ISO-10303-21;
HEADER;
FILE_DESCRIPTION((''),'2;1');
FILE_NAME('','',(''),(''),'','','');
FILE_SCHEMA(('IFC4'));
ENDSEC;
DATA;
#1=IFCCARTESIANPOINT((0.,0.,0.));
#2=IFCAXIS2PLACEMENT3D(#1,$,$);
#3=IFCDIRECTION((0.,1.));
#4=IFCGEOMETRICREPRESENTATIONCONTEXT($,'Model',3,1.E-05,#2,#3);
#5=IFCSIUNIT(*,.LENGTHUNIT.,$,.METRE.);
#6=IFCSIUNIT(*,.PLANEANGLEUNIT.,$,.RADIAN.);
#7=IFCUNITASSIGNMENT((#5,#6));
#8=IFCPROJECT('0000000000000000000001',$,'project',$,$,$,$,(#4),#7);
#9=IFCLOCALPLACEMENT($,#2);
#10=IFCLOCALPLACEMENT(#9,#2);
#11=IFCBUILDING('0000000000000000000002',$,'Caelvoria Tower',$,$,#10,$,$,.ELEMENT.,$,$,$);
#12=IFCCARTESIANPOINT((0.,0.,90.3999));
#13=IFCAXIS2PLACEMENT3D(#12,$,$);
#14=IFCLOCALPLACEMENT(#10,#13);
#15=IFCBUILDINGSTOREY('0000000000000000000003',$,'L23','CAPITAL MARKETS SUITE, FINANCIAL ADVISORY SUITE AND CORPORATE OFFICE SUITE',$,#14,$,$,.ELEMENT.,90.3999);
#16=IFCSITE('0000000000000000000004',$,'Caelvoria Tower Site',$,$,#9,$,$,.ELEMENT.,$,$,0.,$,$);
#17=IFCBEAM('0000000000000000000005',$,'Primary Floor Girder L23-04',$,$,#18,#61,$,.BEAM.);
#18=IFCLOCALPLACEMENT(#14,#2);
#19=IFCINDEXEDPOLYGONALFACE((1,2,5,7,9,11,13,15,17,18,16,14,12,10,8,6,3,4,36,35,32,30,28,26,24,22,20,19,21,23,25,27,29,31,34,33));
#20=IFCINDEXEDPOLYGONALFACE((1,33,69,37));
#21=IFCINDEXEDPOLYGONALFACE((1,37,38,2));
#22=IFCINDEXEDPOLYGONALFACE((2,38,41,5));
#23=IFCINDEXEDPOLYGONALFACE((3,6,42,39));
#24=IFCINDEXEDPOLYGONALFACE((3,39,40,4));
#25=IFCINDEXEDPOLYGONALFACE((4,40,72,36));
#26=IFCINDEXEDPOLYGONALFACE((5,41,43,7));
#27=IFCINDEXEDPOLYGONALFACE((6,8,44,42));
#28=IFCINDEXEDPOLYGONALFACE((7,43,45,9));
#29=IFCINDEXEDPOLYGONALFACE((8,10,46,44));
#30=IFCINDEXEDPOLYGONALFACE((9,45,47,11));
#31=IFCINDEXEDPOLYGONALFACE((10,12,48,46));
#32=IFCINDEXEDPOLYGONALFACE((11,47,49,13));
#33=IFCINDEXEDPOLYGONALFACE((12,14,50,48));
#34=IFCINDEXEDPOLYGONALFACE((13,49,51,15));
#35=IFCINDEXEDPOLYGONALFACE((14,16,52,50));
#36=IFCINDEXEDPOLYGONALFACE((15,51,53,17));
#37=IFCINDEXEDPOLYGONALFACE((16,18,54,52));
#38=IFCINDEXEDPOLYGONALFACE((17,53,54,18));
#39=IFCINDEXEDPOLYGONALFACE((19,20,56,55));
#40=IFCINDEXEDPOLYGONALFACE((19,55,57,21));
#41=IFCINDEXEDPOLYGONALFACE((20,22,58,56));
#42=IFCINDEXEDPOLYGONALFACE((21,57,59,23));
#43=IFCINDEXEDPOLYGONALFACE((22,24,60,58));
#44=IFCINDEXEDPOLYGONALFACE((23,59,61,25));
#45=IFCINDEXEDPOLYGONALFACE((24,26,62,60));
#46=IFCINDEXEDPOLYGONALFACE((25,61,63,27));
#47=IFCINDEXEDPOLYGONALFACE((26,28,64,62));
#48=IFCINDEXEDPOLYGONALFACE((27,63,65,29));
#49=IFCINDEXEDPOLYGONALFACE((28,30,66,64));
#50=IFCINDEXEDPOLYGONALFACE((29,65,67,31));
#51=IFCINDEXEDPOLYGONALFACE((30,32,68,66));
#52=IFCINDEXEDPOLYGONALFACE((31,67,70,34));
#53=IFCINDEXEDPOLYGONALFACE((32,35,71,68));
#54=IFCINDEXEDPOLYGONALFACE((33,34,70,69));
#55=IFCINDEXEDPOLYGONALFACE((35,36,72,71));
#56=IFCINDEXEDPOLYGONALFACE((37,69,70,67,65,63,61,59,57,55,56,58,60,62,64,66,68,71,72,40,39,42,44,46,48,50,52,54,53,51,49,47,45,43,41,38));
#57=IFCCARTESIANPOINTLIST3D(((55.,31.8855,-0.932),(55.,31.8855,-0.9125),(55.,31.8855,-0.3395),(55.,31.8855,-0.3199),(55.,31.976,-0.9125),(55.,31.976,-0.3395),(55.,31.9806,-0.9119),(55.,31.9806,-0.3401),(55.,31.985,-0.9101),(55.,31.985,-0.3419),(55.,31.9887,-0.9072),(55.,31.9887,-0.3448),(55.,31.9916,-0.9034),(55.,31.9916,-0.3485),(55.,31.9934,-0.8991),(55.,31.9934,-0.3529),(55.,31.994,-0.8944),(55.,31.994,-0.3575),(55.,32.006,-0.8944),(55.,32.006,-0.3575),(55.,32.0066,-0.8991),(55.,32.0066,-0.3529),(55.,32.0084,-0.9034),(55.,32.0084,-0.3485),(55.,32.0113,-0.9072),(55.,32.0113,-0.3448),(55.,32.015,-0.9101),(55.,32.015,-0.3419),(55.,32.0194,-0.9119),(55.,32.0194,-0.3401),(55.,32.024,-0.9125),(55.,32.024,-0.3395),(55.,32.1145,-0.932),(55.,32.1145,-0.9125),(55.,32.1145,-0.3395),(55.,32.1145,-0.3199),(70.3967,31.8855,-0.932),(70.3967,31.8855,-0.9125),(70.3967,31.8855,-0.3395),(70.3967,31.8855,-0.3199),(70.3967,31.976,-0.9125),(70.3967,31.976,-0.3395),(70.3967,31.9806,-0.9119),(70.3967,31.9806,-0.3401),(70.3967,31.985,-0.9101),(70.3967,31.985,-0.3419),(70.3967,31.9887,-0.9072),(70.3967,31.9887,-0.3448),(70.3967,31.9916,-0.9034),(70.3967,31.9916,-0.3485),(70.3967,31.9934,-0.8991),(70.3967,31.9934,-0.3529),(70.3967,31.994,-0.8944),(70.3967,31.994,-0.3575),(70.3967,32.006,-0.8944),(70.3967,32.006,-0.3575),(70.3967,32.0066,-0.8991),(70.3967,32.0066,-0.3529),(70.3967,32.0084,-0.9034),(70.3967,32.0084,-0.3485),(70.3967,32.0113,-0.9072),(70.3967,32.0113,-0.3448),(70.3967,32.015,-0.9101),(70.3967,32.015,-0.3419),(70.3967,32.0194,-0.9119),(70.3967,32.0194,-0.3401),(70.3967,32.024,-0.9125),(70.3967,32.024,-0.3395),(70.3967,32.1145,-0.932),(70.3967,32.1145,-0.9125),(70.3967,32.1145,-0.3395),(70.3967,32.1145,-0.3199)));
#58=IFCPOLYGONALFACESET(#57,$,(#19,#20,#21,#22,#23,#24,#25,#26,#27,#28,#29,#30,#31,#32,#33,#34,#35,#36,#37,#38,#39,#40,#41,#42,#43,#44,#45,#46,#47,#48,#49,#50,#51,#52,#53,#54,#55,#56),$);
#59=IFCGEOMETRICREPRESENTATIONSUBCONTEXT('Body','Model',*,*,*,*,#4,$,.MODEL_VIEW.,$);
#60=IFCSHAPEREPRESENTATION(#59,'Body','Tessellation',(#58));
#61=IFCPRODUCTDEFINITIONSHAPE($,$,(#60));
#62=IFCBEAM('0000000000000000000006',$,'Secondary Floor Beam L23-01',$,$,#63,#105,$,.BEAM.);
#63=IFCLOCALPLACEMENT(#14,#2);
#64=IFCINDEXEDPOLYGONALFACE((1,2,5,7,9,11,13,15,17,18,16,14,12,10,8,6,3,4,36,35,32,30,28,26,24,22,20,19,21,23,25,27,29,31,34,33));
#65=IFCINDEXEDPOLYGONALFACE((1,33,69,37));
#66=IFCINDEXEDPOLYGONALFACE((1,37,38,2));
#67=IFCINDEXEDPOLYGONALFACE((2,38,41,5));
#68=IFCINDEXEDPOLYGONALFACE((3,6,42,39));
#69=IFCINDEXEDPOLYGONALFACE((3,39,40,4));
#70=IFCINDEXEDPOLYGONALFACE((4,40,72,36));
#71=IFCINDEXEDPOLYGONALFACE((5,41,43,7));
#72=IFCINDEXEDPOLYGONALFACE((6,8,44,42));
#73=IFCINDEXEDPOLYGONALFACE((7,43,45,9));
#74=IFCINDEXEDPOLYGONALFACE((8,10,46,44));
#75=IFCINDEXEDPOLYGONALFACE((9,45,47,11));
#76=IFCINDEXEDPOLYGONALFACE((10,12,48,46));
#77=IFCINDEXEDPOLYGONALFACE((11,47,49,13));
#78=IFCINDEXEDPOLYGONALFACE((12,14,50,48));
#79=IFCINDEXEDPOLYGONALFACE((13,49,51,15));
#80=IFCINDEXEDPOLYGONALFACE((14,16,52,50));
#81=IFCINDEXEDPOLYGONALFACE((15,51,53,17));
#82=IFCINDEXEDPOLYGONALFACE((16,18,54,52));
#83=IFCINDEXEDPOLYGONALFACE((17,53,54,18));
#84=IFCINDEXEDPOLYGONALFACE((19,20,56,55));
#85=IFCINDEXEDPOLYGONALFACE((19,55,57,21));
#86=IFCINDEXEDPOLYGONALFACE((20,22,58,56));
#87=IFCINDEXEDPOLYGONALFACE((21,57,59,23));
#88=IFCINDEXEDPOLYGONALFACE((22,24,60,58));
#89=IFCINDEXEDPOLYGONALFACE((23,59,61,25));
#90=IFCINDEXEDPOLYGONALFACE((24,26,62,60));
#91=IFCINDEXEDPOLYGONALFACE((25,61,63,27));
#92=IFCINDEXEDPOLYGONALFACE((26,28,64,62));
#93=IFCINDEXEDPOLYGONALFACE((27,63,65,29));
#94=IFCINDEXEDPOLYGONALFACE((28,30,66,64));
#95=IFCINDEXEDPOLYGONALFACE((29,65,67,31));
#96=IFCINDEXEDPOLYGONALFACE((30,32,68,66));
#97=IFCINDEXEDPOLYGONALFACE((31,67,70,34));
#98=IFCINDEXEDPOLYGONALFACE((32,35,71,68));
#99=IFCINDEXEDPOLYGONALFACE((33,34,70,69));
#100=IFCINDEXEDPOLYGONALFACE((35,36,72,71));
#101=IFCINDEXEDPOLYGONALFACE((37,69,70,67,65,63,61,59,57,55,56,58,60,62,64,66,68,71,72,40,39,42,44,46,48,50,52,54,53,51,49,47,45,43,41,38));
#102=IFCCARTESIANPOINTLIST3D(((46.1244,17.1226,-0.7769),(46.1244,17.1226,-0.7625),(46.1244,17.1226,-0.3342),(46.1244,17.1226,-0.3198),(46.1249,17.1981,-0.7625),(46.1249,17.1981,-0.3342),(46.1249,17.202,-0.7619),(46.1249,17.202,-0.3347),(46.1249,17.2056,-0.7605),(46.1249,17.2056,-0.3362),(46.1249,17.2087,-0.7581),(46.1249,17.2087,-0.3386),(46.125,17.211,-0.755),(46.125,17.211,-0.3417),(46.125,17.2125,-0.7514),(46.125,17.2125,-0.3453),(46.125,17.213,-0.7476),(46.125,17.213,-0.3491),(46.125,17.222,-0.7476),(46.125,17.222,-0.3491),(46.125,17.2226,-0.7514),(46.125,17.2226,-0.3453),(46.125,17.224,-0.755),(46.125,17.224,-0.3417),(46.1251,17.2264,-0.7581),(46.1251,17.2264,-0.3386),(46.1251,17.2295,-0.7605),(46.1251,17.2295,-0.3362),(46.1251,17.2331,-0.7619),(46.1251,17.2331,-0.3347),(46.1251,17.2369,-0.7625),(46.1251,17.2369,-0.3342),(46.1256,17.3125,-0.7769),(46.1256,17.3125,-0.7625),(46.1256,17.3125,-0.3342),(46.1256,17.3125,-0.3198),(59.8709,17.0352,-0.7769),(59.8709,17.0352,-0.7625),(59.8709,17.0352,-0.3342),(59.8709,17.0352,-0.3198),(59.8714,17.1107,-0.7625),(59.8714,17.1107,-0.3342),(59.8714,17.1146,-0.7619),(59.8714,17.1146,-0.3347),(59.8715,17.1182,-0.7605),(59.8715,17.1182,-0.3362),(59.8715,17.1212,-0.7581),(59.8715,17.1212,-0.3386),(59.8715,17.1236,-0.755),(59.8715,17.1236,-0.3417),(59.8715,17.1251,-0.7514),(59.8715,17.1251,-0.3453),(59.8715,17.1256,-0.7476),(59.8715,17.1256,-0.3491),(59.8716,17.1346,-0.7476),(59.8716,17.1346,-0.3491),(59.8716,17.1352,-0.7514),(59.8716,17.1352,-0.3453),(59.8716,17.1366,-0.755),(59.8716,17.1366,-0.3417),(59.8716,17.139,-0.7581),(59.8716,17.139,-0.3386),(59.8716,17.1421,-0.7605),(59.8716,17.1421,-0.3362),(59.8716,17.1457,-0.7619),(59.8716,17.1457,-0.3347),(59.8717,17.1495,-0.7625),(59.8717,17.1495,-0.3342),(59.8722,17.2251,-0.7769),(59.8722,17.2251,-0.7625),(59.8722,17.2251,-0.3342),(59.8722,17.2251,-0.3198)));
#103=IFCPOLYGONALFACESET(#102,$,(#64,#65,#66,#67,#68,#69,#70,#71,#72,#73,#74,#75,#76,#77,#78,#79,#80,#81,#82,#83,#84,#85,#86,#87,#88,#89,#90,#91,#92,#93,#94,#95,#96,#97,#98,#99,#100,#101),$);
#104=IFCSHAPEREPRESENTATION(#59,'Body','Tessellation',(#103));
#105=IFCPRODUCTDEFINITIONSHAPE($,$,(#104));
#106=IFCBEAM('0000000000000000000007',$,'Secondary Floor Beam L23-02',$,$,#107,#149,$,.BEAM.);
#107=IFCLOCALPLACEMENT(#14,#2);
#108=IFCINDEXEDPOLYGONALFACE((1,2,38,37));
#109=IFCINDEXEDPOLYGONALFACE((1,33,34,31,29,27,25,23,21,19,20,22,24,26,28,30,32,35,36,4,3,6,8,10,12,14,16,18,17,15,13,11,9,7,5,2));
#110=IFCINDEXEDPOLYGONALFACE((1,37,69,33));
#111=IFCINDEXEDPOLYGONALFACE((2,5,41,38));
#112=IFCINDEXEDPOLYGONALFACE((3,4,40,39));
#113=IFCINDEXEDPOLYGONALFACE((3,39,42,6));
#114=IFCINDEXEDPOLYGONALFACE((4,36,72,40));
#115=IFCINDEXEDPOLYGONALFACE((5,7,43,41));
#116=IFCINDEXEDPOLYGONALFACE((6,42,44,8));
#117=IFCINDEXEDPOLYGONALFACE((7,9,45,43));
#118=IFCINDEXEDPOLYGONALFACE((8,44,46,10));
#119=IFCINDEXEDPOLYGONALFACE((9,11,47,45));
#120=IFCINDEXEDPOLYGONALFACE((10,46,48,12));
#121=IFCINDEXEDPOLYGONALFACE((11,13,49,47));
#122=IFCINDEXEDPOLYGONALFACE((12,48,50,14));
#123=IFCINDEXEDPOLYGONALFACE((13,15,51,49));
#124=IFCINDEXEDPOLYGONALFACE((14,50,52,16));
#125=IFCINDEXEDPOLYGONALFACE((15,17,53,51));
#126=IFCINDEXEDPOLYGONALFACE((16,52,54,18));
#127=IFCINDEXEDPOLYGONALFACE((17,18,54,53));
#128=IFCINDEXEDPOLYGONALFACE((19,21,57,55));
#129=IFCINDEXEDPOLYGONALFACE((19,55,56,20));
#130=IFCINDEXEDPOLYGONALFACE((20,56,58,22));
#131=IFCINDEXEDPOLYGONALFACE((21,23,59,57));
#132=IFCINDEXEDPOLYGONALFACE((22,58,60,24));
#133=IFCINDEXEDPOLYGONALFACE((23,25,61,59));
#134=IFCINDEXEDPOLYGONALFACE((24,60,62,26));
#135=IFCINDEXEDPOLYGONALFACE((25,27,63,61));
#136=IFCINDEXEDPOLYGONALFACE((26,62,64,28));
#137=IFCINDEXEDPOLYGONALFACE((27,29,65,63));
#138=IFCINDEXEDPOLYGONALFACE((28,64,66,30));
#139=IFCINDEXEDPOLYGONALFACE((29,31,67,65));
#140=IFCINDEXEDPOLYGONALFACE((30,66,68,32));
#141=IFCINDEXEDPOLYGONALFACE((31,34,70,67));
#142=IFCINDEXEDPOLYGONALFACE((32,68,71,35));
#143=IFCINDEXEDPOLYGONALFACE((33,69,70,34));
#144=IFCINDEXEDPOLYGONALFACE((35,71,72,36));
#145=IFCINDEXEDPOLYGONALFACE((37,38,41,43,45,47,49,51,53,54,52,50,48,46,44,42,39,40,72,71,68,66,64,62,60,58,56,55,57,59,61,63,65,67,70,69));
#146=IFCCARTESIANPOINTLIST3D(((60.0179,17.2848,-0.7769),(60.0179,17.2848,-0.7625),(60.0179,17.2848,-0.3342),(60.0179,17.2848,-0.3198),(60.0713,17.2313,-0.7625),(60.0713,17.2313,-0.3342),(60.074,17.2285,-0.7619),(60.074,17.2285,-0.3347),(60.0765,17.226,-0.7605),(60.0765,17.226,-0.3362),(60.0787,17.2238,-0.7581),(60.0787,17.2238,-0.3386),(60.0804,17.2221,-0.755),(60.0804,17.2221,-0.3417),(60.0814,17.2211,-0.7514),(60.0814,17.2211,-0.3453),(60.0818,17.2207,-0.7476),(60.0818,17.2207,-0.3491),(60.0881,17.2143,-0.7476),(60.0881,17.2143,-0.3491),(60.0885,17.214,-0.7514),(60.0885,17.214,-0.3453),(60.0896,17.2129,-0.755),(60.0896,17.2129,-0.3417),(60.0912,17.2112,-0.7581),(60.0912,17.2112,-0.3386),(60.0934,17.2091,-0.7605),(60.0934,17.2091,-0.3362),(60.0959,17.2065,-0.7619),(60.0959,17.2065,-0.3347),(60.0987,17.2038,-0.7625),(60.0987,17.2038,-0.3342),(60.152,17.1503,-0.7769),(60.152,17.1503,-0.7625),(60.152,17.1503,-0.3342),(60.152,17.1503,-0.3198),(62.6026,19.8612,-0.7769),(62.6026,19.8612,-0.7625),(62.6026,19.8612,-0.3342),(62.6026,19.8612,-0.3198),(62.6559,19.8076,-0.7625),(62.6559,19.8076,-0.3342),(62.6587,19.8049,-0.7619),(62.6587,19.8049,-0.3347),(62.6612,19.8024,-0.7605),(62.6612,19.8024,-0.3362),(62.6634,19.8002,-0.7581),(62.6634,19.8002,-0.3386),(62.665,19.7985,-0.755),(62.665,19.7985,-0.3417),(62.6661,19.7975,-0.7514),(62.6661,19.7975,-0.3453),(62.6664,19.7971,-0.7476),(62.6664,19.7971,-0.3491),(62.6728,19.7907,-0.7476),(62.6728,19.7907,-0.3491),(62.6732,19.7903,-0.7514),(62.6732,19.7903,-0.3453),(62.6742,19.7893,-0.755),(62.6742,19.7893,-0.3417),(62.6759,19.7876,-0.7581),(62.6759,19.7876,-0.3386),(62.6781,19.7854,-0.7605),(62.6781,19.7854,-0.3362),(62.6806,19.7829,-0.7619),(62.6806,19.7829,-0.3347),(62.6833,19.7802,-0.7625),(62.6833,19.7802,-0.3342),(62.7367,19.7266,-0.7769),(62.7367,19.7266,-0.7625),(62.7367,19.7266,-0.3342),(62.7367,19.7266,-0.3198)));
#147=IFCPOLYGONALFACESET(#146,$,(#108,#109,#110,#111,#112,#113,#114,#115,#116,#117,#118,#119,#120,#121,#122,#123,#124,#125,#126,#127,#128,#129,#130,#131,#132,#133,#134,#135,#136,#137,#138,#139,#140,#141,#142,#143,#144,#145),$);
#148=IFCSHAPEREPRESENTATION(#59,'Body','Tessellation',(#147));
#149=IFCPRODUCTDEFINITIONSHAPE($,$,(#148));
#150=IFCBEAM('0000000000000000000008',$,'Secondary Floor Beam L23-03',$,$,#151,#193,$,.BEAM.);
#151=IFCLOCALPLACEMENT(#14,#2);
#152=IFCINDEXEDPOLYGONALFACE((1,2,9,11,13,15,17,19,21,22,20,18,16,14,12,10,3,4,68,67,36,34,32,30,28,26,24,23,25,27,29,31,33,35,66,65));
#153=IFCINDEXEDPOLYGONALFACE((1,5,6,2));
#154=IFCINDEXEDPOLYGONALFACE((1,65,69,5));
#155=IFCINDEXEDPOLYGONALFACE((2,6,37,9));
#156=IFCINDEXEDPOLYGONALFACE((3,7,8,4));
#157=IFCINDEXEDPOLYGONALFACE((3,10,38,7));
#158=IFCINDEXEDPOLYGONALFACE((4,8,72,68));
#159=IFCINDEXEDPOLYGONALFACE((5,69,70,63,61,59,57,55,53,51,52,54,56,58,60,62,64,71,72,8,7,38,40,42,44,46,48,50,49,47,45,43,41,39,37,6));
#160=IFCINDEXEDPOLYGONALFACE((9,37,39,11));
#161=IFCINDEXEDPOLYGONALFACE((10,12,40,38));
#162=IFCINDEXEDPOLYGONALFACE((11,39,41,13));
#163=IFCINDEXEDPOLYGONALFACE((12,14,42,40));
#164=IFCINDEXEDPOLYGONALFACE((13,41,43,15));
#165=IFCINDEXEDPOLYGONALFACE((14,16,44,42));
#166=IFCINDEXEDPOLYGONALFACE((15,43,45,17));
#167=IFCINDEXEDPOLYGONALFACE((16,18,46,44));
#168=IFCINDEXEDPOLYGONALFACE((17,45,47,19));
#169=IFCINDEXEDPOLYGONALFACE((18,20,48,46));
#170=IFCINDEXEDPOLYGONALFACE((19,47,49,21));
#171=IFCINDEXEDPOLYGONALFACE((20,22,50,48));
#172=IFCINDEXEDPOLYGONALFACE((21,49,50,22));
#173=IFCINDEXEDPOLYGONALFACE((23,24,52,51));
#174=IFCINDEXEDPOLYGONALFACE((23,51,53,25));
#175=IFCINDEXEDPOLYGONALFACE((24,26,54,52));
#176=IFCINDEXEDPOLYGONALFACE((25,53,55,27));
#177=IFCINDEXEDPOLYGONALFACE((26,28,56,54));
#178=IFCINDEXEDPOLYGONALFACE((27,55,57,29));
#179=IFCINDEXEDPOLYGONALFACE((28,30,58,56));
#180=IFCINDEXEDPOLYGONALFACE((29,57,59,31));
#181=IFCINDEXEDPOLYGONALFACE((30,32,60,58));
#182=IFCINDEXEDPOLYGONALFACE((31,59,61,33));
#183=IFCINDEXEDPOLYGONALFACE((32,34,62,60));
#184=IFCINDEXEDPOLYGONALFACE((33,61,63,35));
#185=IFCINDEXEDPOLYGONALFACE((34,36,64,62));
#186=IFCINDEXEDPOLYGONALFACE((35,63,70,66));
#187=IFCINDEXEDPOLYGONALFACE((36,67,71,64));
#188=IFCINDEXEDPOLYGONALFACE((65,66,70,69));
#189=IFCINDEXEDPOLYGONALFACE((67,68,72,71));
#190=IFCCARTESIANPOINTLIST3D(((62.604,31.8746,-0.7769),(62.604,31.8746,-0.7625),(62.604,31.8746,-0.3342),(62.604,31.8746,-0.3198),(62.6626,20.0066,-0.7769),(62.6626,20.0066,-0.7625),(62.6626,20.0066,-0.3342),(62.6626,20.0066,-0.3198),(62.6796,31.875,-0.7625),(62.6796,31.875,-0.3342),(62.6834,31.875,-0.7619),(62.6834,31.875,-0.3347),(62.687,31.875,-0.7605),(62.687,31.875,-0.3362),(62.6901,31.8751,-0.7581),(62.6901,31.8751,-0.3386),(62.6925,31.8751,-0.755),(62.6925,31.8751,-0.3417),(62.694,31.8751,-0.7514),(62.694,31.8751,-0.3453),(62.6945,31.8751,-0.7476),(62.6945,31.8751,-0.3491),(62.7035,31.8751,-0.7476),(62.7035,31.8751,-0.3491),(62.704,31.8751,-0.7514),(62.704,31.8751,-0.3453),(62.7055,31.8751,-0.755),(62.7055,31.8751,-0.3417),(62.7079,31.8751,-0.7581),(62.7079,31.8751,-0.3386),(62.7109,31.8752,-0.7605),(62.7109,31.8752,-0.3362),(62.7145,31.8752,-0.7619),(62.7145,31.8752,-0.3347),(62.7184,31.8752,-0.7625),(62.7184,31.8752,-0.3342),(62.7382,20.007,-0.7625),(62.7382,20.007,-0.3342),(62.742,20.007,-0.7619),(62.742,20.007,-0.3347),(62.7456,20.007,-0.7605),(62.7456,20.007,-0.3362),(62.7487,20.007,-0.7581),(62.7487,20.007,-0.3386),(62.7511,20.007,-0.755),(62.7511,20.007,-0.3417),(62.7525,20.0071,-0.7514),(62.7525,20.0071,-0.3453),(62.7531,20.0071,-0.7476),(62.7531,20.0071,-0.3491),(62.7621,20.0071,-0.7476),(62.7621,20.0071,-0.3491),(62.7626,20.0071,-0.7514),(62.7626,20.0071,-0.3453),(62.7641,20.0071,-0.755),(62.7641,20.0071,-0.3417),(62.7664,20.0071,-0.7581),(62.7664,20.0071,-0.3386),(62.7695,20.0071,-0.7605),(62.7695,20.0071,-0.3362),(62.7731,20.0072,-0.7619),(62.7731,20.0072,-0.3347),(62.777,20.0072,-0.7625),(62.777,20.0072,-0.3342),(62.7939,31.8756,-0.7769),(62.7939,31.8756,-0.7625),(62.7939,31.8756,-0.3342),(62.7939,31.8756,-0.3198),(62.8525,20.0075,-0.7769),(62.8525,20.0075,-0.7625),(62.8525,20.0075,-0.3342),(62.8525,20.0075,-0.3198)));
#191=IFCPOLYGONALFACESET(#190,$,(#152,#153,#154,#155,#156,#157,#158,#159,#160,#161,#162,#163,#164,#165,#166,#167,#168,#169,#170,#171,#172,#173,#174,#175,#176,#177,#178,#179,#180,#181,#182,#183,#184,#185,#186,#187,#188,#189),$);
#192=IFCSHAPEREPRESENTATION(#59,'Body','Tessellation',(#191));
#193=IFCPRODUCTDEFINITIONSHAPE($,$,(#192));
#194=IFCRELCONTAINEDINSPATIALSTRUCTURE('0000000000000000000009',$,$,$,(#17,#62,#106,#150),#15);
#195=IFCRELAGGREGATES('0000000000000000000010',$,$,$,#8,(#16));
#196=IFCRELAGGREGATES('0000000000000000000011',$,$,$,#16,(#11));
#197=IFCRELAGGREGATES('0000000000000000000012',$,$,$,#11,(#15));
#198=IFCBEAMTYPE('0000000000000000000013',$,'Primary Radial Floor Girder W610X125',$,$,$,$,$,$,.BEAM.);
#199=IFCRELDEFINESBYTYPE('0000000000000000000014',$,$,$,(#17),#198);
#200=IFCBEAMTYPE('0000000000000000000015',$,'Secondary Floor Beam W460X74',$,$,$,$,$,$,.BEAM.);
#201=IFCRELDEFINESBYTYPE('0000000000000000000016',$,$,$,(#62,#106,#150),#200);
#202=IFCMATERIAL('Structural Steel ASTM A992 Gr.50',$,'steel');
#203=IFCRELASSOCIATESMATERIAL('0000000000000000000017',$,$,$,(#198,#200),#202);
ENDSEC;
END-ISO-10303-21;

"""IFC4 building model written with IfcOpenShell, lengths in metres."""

from ifc_helpers import new_model, si_unit, direction, frame, origin, origin_2d, place, context, subcontext, project, spatial, i_section, extrude, material, material_profile, profile_set, type_object, element, save


model = new_model("IFC4")

# Units and contexts
model_context = context("Model", 3, precision=1e-05, world=origin(), true_north=direction((0.0, 1.0)))
body_context = subcontext(model_context, "Body", "Model", "MODEL_VIEW")
ifc_project = project(units=[si_unit("LENGTHUNIT", "METRE"), si_unit("PLANEANGLEUNIT", "RADIAN")], contexts=[model_context])

# Site, building, storey
site_placement = place(None, origin())
site = spatial("IfcSite", under=ifc_project, at=site_placement, Name="Caelvoria Tower Site", CompositionType="ELEMENT", RefElevation=0.0)
building_placement = place(site_placement, origin())
building = spatial("IfcBuilding", under=site, at=building_placement, Name="Caelvoria Tower", CompositionType="ELEMENT")
storey_placement = place(building_placement, frame((0.0, 0.0, 90.3999)))
storey = spatial("IfcBuildingStorey", under=building, at=storey_placement, Name="L23", Description="CAPITAL MARKETS SUITE, FINANCIAL ADVISORY SUITE AND CORPORATE OFFICE SUITE", CompositionType="ELEMENT", Elevation=90.3999)

# Beams
ifc_material_1 = material(Name="Structural Steel ASTM A992 Gr.50", Category="steel")
ifc_material_profile_1 = material_profile(ifc_material_1, i_section(OverallWidth=0.229, OverallDepth=0.6121, WebThickness=0.012, FlangeThickness=0.0195, FilletRadius=0.0181, at=origin_2d()), Name="Structural Steel ASTM A992 Gr.50")
ifc_profile_set_1 = profile_set([ifc_material_profile_1], Name="W610X125 - Structural Steel ASTM A992 Gr.50")
beam_type_1 = type_object("IfcBeamType", Name="Primary Radial Floor Girder W610X125", PredefinedType="BEAM", material=ifc_profile_set_1)
beam_1_placement = place(storey_placement, frame((55.0, 32.0, -0.626), z_axis=(1.0, 0.0, 0.0), x_axis=(0.0, 1.0, 0.0)))
element("IfcBeam", 1, at=beam_1_placement, inside=storey, type_object=beam_type_1, Name="Primary Floor Girder L23-04", PredefinedType="BEAM", context=body_context, shape_type="SweptSolid", body=[
    extrude(i_section(OverallWidth=0.229, OverallDepth=0.6121, WebThickness=0.012, FlangeThickness=0.0195, FilletRadius=0.0181, at=origin_2d()), origin(), (0.0, 0.0, 1.0), 15.3967),
])
ifc_material_profile_2 = material_profile(ifc_material_1, i_section(OverallWidth=0.1899, OverallDepth=0.457, WebThickness=0.009, FlangeThickness=0.0144, FilletRadius=0.0149, at=origin_2d()), Name="Structural Steel ASTM A992 Gr.50")
ifc_profile_set_2 = profile_set([ifc_material_profile_2], Name="W460X74 - Structural Steel ASTM A992 Gr.50")
beam_type_2 = type_object("IfcBeamType", Name="Secondary Floor Beam W460X74", PredefinedType="BEAM", material=ifc_profile_set_2)
beam_2_placement = place(storey_placement, frame((46.125, 17.2175, -0.5483), z_axis=(0.99998, -0.006358, 0.0), x_axis=(0.006358, 0.99998, 0.0)))
element("IfcBeam", 2, at=beam_2_placement, inside=storey, type_object=beam_type_2, Name="Secondary Floor Beam L23-01", PredefinedType="BEAM", context=body_context, shape_type="SweptSolid", body=[
    extrude(i_section(OverallWidth=0.1899, OverallDepth=0.457, WebThickness=0.009, FlangeThickness=0.0144, FilletRadius=0.0149, at=origin_2d()), origin(), (0.0, 0.0, 1.0), 13.7468),
])
beam_3_placement = place(storey_placement, frame((60.085, 17.2175, -0.5483), z_axis=(0.708243, 0.705969, 0.0), x_axis=(-0.705969, 0.708243, 0.0)))
element("IfcBeam", 3, at=beam_3_placement, inside=storey, type_object=beam_type_2, Name="Secondary Floor Beam L23-02", PredefinedType="BEAM", context=body_context, shape_type="SweptSolid", body=[
    extrude(i_section(OverallWidth=0.1899, OverallDepth=0.457, WebThickness=0.009, FlangeThickness=0.0144, FilletRadius=0.0149, at=origin_2d()), origin(), (0.0, 0.0, 1.0), 3.6494),
])
beam_4_placement = place(storey_placement, frame((62.7576, 20.0071, -0.5483), z_axis=(-0.004937, 0.999988, 0.0), x_axis=(-0.999988, -0.004937, 0.0)))
element("IfcBeam", 4, at=beam_4_placement, inside=storey, type_object=beam_type_2, Name="Secondary Floor Beam L23-03", PredefinedType="BEAM", context=body_context, shape_type="SweptSolid", body=[
    extrude(i_section(OverallWidth=0.1899, OverallDepth=0.457, WebThickness=0.009, FlangeThickness=0.0144, FilletRadius=0.0149, at=origin_2d()), origin(), (0.0, 0.0, 1.0), 11.8682),
])

save(model, "model.ifc")
